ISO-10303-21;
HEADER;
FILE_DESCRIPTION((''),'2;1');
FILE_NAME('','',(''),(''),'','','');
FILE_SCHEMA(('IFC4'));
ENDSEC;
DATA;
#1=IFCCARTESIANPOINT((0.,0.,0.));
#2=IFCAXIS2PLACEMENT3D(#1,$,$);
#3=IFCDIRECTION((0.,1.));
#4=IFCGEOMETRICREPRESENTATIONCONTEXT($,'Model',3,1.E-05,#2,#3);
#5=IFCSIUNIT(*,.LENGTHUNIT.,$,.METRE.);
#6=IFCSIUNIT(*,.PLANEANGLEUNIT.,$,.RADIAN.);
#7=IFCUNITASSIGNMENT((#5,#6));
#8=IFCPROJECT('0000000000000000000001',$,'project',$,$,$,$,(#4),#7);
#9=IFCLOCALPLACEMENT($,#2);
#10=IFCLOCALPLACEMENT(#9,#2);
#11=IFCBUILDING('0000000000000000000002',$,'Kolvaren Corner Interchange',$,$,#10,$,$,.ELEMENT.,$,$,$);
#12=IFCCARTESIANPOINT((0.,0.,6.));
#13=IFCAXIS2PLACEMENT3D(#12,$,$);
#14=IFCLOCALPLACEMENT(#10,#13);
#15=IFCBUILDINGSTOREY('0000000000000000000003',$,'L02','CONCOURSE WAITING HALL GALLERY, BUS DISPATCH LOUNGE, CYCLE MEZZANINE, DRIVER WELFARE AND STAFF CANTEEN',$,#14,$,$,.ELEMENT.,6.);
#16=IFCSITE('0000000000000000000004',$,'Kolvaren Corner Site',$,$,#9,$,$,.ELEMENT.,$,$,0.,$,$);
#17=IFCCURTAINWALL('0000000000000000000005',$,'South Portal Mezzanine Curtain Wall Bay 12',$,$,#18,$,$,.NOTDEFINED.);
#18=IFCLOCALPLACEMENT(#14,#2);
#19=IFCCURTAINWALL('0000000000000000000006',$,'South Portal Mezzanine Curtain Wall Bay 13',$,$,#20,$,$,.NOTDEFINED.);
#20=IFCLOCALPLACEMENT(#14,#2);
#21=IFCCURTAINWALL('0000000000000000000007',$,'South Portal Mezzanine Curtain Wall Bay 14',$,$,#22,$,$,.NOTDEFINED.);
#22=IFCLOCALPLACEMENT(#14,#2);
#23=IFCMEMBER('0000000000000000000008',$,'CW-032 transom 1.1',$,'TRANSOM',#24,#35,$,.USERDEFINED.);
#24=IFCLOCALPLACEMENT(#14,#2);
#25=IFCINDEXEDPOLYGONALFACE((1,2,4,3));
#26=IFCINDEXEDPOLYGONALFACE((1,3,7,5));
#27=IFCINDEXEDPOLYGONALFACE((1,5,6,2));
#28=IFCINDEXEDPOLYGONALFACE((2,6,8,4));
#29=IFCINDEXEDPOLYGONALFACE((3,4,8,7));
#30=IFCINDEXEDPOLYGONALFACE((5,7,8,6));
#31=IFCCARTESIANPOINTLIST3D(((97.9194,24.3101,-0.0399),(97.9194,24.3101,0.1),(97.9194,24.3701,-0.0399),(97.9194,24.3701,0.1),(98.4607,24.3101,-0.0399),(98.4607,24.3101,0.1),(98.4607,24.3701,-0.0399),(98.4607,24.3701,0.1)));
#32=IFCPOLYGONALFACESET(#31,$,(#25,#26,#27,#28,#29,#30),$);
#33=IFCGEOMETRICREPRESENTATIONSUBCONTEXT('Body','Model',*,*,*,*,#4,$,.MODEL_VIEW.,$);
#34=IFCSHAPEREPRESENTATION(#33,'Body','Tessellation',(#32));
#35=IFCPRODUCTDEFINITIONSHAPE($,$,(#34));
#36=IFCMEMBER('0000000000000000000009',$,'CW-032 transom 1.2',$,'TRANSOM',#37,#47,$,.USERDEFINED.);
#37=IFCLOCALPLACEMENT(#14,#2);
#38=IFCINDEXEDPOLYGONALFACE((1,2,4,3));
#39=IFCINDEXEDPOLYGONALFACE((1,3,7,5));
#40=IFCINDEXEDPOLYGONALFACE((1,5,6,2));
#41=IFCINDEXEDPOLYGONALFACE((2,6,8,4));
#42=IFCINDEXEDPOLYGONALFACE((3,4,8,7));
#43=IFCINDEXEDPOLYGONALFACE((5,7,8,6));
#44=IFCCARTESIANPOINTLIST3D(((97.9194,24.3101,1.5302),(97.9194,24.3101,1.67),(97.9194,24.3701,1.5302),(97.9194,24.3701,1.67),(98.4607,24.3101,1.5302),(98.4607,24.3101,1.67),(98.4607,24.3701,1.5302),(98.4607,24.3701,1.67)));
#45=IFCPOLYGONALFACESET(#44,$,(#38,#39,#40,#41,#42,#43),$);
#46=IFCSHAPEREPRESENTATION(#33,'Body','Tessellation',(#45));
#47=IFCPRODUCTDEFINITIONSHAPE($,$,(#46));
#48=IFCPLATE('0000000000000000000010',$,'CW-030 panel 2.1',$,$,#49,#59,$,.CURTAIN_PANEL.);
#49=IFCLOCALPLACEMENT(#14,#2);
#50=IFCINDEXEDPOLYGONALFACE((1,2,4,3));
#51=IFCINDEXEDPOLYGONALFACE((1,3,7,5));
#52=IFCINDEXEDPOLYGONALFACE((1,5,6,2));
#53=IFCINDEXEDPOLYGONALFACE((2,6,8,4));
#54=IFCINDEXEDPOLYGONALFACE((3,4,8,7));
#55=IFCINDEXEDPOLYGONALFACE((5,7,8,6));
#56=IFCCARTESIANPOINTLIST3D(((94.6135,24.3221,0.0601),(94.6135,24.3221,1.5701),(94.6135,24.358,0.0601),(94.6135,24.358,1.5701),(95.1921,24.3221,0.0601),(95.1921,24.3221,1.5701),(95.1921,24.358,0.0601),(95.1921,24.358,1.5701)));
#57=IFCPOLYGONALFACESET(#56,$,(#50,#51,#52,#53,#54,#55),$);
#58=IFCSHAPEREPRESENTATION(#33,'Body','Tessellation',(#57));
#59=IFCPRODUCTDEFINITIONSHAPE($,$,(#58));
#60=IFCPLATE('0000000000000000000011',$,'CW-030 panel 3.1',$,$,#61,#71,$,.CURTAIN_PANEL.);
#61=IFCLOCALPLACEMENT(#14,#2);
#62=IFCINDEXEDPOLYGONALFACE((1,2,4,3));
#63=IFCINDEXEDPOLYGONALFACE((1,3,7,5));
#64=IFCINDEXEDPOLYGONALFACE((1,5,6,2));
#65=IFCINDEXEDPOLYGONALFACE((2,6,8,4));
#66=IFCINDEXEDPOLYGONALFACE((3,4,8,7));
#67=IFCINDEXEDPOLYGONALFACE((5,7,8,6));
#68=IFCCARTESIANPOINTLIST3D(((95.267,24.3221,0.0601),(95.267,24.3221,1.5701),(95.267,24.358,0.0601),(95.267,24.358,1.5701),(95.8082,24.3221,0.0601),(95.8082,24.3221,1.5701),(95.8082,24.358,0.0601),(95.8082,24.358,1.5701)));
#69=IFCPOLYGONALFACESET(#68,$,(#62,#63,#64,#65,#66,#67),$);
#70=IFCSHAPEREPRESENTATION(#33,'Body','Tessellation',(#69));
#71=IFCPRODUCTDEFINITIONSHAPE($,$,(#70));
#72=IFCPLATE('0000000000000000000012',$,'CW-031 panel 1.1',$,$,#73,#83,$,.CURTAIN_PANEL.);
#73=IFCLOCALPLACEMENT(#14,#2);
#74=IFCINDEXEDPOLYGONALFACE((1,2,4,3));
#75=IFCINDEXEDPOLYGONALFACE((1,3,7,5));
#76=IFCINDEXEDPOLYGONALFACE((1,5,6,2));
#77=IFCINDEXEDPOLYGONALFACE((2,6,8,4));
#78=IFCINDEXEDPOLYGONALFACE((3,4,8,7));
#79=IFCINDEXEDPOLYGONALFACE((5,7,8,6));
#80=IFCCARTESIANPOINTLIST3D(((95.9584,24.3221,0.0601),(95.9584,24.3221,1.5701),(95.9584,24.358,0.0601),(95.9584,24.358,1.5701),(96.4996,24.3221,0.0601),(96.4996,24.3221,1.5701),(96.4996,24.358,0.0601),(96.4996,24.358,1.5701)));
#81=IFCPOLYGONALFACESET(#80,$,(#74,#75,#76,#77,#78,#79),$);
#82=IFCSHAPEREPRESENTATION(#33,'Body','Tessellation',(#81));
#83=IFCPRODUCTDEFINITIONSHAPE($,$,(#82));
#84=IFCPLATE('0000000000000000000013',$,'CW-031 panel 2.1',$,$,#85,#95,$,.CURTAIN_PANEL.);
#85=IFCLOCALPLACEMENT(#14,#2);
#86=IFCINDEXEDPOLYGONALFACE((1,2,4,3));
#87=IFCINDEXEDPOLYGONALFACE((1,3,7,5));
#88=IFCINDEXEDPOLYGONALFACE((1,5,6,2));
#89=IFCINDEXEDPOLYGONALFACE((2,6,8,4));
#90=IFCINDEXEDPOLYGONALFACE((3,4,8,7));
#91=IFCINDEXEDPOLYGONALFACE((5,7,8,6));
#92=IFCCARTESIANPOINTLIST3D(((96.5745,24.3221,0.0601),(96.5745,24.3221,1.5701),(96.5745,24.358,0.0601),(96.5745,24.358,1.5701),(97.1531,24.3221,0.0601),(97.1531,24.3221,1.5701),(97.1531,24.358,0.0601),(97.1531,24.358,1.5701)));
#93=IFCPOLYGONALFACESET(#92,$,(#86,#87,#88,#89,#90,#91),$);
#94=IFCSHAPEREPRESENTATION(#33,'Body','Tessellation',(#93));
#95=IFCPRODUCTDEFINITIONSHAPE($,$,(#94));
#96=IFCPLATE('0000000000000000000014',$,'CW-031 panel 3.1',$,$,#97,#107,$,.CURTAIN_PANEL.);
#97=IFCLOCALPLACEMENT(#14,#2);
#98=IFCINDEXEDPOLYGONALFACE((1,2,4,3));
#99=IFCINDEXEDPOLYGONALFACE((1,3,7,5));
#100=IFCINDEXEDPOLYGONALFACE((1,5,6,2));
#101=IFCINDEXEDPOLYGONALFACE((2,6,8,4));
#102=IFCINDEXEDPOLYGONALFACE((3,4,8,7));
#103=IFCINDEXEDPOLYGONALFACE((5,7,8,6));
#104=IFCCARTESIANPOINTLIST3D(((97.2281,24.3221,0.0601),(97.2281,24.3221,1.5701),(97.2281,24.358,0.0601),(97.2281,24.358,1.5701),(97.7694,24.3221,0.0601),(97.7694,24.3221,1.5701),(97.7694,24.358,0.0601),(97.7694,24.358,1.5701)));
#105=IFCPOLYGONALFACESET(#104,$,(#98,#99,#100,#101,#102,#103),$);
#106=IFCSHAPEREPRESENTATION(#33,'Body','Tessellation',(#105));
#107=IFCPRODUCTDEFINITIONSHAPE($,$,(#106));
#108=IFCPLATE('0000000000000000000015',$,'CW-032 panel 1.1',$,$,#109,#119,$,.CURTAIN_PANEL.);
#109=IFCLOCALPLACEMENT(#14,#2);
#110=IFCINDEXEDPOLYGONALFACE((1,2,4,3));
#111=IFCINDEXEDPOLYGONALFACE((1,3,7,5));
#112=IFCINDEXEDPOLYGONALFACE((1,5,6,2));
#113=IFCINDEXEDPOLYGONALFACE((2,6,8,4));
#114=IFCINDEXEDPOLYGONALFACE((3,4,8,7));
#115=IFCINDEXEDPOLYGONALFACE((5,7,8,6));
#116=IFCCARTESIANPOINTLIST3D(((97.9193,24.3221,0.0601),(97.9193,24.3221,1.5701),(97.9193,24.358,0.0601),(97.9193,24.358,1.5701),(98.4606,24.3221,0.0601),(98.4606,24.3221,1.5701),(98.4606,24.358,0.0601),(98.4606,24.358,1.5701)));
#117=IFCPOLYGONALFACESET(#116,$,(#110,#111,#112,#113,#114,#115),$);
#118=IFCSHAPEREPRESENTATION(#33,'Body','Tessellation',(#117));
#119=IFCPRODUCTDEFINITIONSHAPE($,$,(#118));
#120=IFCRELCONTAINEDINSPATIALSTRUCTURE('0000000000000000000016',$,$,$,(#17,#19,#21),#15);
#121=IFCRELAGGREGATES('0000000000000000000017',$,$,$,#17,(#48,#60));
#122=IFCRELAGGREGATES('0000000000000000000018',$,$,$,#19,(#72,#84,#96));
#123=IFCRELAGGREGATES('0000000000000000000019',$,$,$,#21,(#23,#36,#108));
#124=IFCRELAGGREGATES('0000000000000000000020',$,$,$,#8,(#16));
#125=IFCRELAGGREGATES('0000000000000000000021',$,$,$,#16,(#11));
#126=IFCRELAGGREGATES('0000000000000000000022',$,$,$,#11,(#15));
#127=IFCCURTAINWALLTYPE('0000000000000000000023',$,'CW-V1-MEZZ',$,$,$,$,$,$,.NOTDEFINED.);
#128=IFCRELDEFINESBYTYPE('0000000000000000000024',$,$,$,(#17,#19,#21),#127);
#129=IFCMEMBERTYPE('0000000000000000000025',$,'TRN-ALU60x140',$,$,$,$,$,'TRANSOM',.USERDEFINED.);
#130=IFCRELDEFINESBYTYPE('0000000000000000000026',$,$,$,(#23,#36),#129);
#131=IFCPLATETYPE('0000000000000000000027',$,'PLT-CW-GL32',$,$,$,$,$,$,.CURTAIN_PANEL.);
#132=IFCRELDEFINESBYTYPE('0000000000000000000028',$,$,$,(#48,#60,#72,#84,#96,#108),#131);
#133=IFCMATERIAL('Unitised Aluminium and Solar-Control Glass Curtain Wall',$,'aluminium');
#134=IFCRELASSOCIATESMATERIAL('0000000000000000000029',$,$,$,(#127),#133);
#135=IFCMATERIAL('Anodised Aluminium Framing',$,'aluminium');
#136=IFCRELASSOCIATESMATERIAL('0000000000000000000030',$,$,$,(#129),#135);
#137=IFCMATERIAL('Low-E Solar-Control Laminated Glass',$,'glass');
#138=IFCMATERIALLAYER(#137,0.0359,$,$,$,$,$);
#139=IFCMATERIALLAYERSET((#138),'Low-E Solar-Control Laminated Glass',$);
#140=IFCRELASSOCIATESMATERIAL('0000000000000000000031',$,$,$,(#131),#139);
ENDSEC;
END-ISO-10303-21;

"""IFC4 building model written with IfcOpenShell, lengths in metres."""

from ifc_helpers import new_model, si_unit, direction, frame, origin, origin_2d, place, context, subcontext, project, spatial, rectangle, extrude, material, layer, layer_set, material_profile, profile_set, type_object, element, aggregate, save


model = new_model("IFC4")

# Units and contexts
model_context = context("Model", 3, precision=1e-05, world=origin(), true_north=direction((0.0, 1.0)))
body_context = subcontext(model_context, "Body", "Model", "MODEL_VIEW")
ifc_project = project(units=[si_unit("LENGTHUNIT", "METRE"), si_unit("PLANEANGLEUNIT", "RADIAN")], contexts=[model_context])

# Site, building, storey
site_placement = place(None, origin())
site = spatial("IfcSite", under=ifc_project, at=site_placement, Name="Kolvaren Corner Site", CompositionType="ELEMENT", RefElevation=0.0)
building_placement = place(site_placement, origin())
building = spatial("IfcBuilding", under=site, at=building_placement, Name="Kolvaren Corner Interchange", CompositionType="ELEMENT")
storey_placement = place(building_placement, frame((0.0, 0.0, 6.0)))
storey = spatial("IfcBuildingStorey", under=building, at=storey_placement, Name="L02", Description="CONCOURSE WAITING HALL GALLERY, BUS DISPATCH LOUNGE, CYCLE MEZZANINE, DRIVER WELFARE AND STAFF CANTEEN", CompositionType="ELEMENT", Elevation=6.0)

# Curtain walls
ifc_material_1 = material(Name="Unitised Aluminium and Solar-Control Glass Curtain Wall", Category="aluminium")
curtain_wall_type = type_object("IfcCurtainWallType", Name="CW-V1-MEZZ", PredefinedType="NOTDEFINED", material=ifc_material_1)
curtain_wall_1_placement = place(storey_placement, origin())
curtain_wall_1 = element("IfcCurtainWall", 1, at=curtain_wall_1_placement, inside=storey, type_object=curtain_wall_type, Name="South Portal Mezzanine Curtain Wall Bay 12", PredefinedType="NOTDEFINED")
curtain_wall_2_placement = place(storey_placement, origin())
curtain_wall_2 = element("IfcCurtainWall", 2, at=curtain_wall_2_placement, inside=storey, type_object=curtain_wall_type, Name="South Portal Mezzanine Curtain Wall Bay 13", PredefinedType="NOTDEFINED")

# Curtain wall
curtain_wall_3_placement = place(storey_placement, origin())
curtain_wall_3 = element("IfcCurtainWall", 3, at=curtain_wall_3_placement, inside=storey, type_object=curtain_wall_type, Name="South Portal Mezzanine Curtain Wall Bay 14", PredefinedType="NOTDEFINED")

# Members
ifc_material_2 = material(Name="Anodised Aluminium Framing", Category="aluminium")
ifc_material_profile_1 = material_profile(ifc_material_2, rectangle(XDim=0.0601, YDim=0.1399, at=origin_2d()), Name="ALU 60x140")
ifc_profile_set_1 = profile_set([ifc_material_profile_1], Name="Anodised Aluminium Framing")
member_type_1 = type_object("IfcMemberType", Name="TRN-ALU60x140", ElementType="TRANSOM", PredefinedType="USERDEFINED", material=ifc_profile_set_1)
member_1_placement = place(storey_placement, frame((97.9194, 24.3401, 0.03), z_axis=(1.0, 0.0, 0.0), x_axis=(0.0, 1.0, 0.0)))
member_1 = element("IfcMember", 4, at=member_1_placement, type_object=member_type_1, Name="CW-032 transom 1.1", ObjectType="TRANSOM", PredefinedType="USERDEFINED", context=body_context, shape_type="SweptSolid", body=[
    extrude(rectangle(XDim=0.0601, YDim=0.1399, at=origin_2d()), origin(), (0.0, 0.0, 1.0), 0.5413),
])
member_2_placement = place(storey_placement, frame((97.9194, 24.3401, 1.6001), z_axis=(1.0, 0.0, 0.0), x_axis=(0.0, 1.0, 0.0)))
member_2 = element("IfcMember", 5, at=member_2_placement, type_object=member_type_1, Name="CW-032 transom 1.2", ObjectType="TRANSOM", PredefinedType="USERDEFINED", context=body_context, shape_type="SweptSolid", body=[
    extrude(rectangle(XDim=0.0601, YDim=0.1399, at=origin_2d()), origin(), (0.0, 0.0, 1.0), 0.5413),
])

# Plates
ifc_material_3 = material(Name="Low-E Solar-Control Laminated Glass", Category="glass")
ifc_layer = layer(ifc_material_3, 0.0359)
ifc_layer_set = layer_set([ifc_layer], Name="Low-E Solar-Control Laminated Glass")
plate_type = type_object("IfcPlateType", Name="PLT-CW-GL32", PredefinedType="CURTAIN_PANEL", material=ifc_layer_set)
plate_1_placement = place(storey_placement, frame((94.9028, 24.3401, 0.0601), z_axis=(0.0, 0.0, 1.0), x_axis=(1.0, 0.0, 0.0)))
plate_1 = element("IfcPlate", 6, at=plate_1_placement, type_object=plate_type, Name="CW-030 panel 2.1", PredefinedType="CURTAIN_PANEL", context=body_context, shape_type="SweptSolid", body=[
    extrude(rectangle(XDim=0.5786, YDim=0.0359, at=origin_2d()), origin(), (0.0, 0.0, 1.0), 1.51),
])
plate_2_placement = place(storey_placement, frame((95.5376, 24.3401, 0.0601), z_axis=(0.0, 0.0, 1.0), x_axis=(1.0, 0.0, 0.0)))
plate_2 = element("IfcPlate", 7, at=plate_2_placement, type_object=plate_type, Name="CW-030 panel 3.1", PredefinedType="CURTAIN_PANEL", context=body_context, shape_type="SweptSolid", body=[
    extrude(rectangle(XDim=0.5413, YDim=0.0359, at=origin_2d()), origin(), (0.0, 0.0, 1.0), 1.51),
])
aggregate(curtain_wall_1, [plate_1, plate_2])
plate_3_placement = place(storey_placement, frame((96.229, 24.3401, 0.0601), z_axis=(0.0, 0.0, 1.0), x_axis=(1.0, 0.0, 0.0)))
plate_3 = element("IfcPlate", 8, at=plate_3_placement, type_object=plate_type, Name="CW-031 panel 1.1", PredefinedType="CURTAIN_PANEL", context=body_context, shape_type="SweptSolid", body=[
    extrude(rectangle(XDim=0.5413, YDim=0.0359, at=origin_2d()), origin(), (0.0, 0.0, 1.0), 1.51),
])
plate_4_placement = place(storey_placement, frame((96.8638, 24.3401, 0.0601), z_axis=(0.0, 0.0, 1.0), x_axis=(1.0, 0.0, 0.0)))
plate_4 = element("IfcPlate", 9, at=plate_4_placement, type_object=plate_type, Name="CW-031 panel 2.1", PredefinedType="CURTAIN_PANEL", context=body_context, shape_type="SweptSolid", body=[
    extrude(rectangle(XDim=0.5786, YDim=0.0359, at=origin_2d()), origin(), (0.0, 0.0, 1.0), 1.51),
])
plate_5_placement = place(storey_placement, frame((97.4988, 24.3401, 0.0601), z_axis=(0.0, 0.0, 1.0), x_axis=(1.0, 0.0, 0.0)))
plate_5 = element("IfcPlate", 10, at=plate_5_placement, type_object=plate_type, Name="CW-031 panel 3.1", PredefinedType="CURTAIN_PANEL", context=body_context, shape_type="SweptSolid", body=[
    extrude(rectangle(XDim=0.5413, YDim=0.0359, at=origin_2d()), origin(), (0.0, 0.0, 1.0), 1.51),
])
aggregate(curtain_wall_2, [plate_3, plate_4, plate_5])
plate_6_placement = place(storey_placement, frame((98.1899, 24.3401, 0.0601), z_axis=(0.0, 0.0, 1.0), x_axis=(1.0, 0.0, 0.0)))
plate_6 = element("IfcPlate", 11, at=plate_6_placement, type_object=plate_type, Name="CW-032 panel 1.1", PredefinedType="CURTAIN_PANEL", context=body_context, shape_type="SweptSolid", body=[
    extrude(rectangle(XDim=0.5413, YDim=0.0359, at=origin_2d()), origin(), (0.0, 0.0, 1.0), 1.51),
])
aggregate(curtain_wall_3, [member_1, member_2, plate_6])

save(model, "model.ifc")
